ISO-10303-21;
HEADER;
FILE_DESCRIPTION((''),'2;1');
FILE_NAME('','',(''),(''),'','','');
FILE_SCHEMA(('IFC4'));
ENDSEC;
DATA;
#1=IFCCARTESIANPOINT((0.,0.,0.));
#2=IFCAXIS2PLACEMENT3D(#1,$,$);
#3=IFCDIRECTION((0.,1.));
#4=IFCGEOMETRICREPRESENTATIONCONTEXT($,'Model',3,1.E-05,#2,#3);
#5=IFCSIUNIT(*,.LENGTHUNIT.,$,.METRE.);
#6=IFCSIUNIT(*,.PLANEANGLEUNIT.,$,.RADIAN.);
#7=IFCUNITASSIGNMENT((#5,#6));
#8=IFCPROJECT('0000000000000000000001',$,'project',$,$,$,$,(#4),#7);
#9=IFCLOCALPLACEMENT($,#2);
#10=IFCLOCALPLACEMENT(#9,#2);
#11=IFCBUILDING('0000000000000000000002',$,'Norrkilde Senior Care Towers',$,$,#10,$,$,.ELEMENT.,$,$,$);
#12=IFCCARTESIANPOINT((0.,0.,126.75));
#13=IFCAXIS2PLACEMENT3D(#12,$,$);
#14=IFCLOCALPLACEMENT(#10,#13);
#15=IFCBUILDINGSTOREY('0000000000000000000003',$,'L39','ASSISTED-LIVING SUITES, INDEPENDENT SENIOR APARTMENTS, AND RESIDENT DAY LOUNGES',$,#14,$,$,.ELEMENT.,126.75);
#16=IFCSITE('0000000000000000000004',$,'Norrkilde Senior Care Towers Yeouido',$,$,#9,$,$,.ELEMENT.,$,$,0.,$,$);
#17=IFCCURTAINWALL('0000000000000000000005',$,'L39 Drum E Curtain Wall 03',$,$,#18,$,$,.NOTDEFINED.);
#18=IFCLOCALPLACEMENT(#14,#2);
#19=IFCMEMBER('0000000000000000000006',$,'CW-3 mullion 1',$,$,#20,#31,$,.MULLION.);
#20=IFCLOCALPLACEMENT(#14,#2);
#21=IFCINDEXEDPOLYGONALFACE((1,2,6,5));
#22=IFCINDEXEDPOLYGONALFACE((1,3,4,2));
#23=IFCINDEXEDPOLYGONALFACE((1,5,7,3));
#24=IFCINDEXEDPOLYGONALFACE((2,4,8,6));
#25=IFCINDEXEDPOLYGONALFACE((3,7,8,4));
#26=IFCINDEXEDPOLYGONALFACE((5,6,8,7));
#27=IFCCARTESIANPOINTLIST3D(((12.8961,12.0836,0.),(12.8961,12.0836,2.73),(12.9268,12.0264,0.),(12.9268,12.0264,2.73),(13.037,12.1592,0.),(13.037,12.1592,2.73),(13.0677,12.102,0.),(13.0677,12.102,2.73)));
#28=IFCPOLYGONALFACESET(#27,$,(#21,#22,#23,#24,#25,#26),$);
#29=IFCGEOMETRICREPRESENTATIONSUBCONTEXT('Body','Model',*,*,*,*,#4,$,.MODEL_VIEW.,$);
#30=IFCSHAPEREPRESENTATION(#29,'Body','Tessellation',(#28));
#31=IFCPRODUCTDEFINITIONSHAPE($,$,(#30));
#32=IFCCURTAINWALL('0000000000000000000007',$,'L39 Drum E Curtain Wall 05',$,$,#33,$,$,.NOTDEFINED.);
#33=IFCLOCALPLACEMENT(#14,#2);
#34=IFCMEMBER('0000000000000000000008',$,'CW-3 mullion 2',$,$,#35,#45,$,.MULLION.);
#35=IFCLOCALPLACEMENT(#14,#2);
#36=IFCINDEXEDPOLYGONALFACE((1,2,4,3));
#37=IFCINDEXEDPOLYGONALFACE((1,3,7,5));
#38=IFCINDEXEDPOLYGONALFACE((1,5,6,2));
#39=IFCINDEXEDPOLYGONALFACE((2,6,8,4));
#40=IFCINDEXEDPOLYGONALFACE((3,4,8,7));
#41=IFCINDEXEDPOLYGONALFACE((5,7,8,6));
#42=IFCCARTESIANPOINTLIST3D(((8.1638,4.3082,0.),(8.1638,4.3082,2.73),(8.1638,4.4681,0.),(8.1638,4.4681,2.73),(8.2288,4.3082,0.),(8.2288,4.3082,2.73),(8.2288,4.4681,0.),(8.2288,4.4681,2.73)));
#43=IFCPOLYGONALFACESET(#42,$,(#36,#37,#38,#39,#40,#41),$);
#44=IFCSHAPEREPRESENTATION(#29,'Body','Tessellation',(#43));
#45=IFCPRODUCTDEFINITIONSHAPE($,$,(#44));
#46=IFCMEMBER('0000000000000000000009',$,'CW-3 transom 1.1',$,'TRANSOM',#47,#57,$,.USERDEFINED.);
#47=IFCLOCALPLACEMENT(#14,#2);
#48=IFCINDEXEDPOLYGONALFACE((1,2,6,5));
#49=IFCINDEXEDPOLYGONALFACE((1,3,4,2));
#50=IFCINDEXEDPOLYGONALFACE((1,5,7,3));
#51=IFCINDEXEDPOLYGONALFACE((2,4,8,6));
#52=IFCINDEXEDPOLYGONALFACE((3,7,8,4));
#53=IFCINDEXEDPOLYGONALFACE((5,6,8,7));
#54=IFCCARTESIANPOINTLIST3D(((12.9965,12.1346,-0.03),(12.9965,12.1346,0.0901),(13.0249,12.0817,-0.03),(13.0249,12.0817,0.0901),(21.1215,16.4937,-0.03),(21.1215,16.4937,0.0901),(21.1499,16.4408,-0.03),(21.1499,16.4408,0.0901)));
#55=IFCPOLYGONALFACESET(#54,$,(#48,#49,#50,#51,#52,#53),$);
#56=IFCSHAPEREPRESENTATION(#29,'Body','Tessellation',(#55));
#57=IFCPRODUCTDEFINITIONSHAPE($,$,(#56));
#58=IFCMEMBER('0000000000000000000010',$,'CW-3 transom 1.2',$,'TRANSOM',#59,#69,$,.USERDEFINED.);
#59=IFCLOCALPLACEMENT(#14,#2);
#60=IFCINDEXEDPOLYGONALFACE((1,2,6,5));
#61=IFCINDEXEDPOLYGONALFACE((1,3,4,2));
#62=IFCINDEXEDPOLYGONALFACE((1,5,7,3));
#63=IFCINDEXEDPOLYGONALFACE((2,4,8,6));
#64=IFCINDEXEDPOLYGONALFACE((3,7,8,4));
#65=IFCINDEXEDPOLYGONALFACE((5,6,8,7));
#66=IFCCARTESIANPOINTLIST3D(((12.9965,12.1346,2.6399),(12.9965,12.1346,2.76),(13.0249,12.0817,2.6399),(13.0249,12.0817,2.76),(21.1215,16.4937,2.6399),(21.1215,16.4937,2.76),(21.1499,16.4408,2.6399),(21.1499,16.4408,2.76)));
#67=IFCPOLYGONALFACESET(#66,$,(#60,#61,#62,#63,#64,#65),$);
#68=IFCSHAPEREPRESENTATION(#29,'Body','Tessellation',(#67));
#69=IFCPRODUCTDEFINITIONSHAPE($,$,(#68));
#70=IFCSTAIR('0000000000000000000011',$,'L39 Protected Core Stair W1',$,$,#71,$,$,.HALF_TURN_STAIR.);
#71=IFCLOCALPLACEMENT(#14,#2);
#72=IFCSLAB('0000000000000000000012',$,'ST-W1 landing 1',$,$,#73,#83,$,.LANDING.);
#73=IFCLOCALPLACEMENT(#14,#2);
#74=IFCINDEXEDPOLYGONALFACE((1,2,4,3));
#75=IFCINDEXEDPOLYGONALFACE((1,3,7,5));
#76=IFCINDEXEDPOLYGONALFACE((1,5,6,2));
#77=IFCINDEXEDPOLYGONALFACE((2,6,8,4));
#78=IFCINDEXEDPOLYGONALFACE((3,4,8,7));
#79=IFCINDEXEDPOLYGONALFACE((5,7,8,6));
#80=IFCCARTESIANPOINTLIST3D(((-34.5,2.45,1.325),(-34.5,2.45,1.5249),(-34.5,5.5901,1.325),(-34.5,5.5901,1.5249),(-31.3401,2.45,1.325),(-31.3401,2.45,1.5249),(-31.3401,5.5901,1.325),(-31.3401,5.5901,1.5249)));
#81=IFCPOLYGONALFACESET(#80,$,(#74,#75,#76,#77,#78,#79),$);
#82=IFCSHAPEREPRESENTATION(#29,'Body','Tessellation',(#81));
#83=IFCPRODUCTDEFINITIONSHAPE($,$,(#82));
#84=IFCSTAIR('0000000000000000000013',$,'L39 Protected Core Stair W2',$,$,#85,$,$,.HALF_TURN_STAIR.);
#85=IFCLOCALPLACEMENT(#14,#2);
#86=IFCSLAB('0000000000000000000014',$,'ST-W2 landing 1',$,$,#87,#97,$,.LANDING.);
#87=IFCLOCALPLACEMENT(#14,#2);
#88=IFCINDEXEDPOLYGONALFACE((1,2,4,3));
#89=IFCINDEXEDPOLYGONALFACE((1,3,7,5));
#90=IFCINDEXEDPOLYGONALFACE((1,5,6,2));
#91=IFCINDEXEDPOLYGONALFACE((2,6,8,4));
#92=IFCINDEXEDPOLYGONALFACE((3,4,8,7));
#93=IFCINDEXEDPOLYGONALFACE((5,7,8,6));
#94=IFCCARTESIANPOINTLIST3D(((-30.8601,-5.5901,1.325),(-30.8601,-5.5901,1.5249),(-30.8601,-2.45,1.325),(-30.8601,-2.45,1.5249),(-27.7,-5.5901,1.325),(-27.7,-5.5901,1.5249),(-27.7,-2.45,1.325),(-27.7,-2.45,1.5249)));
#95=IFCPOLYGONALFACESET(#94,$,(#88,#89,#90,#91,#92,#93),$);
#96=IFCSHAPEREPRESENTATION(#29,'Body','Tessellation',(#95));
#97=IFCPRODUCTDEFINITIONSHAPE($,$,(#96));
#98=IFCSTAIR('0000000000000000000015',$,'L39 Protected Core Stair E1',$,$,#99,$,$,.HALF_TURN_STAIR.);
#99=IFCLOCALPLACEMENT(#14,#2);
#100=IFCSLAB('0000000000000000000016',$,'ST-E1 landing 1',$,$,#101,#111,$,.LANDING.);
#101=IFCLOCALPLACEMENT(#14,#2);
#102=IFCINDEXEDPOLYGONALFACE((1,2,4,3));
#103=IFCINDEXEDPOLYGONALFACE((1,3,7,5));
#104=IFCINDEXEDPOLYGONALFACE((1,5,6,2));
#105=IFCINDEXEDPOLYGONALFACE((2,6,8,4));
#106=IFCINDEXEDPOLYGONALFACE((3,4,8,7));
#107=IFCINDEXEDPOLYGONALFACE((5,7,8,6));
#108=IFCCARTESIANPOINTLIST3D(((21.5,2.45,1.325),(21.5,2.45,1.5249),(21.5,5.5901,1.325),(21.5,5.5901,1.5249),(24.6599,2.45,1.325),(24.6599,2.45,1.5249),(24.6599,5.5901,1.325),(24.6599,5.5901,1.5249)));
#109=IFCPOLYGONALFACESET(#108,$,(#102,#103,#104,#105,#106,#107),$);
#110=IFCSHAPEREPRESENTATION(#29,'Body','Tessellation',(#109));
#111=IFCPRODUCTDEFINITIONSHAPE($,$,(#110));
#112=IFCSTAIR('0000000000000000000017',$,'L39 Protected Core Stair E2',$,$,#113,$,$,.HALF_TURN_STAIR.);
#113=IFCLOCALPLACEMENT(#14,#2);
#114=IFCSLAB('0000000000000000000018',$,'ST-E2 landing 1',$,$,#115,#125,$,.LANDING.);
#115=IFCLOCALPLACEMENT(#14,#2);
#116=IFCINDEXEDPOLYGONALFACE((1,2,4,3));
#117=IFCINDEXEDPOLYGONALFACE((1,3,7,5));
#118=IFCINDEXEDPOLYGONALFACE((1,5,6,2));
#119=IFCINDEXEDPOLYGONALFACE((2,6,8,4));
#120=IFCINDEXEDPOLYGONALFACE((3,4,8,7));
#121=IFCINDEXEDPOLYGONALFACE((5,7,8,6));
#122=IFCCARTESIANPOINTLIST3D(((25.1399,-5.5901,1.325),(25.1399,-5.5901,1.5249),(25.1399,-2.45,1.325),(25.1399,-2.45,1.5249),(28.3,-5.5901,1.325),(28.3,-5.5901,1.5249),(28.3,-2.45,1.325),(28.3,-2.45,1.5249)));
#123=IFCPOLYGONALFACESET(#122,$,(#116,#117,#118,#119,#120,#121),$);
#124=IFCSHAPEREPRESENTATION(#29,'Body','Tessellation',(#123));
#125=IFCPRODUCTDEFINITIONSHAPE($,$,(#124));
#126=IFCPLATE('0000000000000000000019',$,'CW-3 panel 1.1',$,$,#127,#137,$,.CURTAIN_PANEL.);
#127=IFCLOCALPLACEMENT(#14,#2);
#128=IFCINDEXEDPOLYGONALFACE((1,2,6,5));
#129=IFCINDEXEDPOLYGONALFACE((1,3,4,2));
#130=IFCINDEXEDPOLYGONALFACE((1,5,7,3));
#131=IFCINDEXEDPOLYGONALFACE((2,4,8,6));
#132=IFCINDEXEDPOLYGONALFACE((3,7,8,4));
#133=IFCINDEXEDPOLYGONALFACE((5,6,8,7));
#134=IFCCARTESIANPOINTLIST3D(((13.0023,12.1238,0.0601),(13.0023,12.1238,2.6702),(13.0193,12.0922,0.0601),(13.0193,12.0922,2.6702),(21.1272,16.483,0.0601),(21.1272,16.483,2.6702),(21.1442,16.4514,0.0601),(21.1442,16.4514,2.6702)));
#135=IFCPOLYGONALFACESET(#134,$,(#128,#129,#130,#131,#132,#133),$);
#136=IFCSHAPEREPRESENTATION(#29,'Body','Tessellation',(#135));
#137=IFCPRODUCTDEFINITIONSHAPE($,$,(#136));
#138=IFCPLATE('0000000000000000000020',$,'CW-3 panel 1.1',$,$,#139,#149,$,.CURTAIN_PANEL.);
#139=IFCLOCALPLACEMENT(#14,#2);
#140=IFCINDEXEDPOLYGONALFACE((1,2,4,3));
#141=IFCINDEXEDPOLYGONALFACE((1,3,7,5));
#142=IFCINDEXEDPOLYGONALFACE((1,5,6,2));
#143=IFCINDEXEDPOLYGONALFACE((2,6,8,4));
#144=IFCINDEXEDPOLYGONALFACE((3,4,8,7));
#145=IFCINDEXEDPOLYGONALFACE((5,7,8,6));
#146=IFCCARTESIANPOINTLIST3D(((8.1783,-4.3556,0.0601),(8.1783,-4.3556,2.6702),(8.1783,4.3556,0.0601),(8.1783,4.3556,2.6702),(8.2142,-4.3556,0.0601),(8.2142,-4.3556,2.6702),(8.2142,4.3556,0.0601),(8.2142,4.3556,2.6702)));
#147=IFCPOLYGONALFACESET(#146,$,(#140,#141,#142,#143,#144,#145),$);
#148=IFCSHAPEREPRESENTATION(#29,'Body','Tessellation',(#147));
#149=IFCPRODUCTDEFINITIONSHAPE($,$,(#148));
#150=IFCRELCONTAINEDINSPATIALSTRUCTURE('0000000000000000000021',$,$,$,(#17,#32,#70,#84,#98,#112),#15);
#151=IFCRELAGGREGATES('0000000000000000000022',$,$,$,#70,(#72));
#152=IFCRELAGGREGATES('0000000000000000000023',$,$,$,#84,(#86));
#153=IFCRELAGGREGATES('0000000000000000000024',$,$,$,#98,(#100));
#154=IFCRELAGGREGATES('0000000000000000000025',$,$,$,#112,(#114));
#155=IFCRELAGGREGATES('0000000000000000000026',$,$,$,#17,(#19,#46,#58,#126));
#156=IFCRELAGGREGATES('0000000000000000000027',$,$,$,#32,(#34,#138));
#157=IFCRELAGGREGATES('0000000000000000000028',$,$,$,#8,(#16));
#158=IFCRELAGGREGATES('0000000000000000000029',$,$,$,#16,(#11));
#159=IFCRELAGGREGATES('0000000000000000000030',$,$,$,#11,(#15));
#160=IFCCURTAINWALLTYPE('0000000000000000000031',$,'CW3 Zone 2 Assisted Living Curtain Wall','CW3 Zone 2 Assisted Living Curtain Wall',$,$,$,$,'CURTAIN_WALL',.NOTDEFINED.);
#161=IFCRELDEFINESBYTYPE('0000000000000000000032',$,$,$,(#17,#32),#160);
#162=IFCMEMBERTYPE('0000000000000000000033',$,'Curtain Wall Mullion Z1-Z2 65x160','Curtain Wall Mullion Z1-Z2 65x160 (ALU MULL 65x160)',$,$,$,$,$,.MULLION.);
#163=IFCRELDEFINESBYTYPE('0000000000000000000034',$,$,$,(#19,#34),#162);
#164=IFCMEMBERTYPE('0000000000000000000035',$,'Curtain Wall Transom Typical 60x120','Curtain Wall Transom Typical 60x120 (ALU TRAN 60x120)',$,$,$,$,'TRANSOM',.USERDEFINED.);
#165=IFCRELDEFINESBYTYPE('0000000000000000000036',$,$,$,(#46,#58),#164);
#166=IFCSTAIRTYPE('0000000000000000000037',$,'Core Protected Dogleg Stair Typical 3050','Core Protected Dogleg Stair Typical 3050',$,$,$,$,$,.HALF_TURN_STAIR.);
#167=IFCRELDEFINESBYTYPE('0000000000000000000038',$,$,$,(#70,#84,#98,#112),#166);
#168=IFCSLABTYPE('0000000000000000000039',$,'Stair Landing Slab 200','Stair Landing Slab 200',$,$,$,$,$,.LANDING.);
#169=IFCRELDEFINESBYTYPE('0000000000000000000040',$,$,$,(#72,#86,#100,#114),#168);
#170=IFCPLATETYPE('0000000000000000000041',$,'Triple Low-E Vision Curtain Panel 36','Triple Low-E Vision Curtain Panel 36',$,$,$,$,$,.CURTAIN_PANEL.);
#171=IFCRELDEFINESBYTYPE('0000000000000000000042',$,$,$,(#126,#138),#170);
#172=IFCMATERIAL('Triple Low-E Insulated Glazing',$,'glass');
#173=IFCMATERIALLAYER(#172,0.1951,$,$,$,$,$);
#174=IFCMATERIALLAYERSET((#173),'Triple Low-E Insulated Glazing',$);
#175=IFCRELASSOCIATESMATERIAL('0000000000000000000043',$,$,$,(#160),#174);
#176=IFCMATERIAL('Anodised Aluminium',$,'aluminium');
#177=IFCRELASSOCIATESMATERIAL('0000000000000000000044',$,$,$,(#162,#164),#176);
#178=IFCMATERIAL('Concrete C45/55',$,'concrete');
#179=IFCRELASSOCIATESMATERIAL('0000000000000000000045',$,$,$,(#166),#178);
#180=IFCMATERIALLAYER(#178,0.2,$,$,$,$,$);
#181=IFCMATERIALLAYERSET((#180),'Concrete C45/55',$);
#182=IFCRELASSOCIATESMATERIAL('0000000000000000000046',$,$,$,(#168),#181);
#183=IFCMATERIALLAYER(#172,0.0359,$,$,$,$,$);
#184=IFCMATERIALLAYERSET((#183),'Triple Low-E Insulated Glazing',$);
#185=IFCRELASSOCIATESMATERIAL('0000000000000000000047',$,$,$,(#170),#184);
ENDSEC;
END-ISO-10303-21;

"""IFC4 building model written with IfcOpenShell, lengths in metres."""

from ifc_helpers import new_model, si_unit, direction, frame, origin, origin_2d, place, context, subcontext, project, spatial, polyline, rectangle, outline, extrude, source, transform, mapped, material, layer, layer_set, material_profile, profile_set, type_object, type_shapes, element, aggregate, save


model = new_model("IFC4")

# Units and contexts
model_context = context("Model", 3, precision=1e-05, world=origin(), true_north=direction((0.0, 1.0)))
body_context = subcontext(model_context, "Body", "Model", "MODEL_VIEW")
ifc_project = project(units=[si_unit("LENGTHUNIT", "METRE"), si_unit("PLANEANGLEUNIT", "RADIAN")], contexts=[model_context])

# Site, building, storey
site_placement = place(None, origin())
site = spatial("IfcSite", under=ifc_project, at=site_placement, Name="Norrkilde Senior Care Towers Yeouido", CompositionType="ELEMENT", RefElevation=0.0)
building_placement = place(site_placement, origin())
building = spatial("IfcBuilding", under=site, at=building_placement, Name="Norrkilde Senior Care Towers", CompositionType="ELEMENT")
storey_placement = place(building_placement, frame((0.0, 0.0, 126.75)))
storey = spatial("IfcBuildingStorey", under=building, at=storey_placement, Name="L39", Description="ASSISTED-LIVING SUITES, INDEPENDENT SENIOR APARTMENTS, AND RESIDENT DAY LOUNGES", CompositionType="ELEMENT", Elevation=126.75)

# Curtain walls, members
ifc_material_1 = material(Name="Triple Low-E Insulated Glazing", Category="glass")
ifc_layer_1 = layer(ifc_material_1, 0.1951)
ifc_layer_set_1 = layer_set([ifc_layer_1], Name="Triple Low-E Insulated Glazing")
curtain_wall_type = type_object("IfcCurtainWallType", Name="CW3 Zone 2 Assisted Living Curtain Wall", Description="CW3 Zone 2 Assisted Living Curtain Wall", ElementType="CURTAIN_WALL", PredefinedType="NOTDEFINED", material=ifc_layer_set_1)
curtain_wall_1_placement = place(storey_placement, origin())
curtain_wall_1 = element("IfcCurtainWall", 1, at=curtain_wall_1_placement, inside=storey, type_object=curtain_wall_type, Name="L39 Drum E Curtain Wall 03", PredefinedType="NOTDEFINED")
ifc_material_2 = material(Name="Anodised Aluminium", Category="aluminium")
ifc_material_profile_1 = material_profile(ifc_material_2, rectangle(XDim=0.0649, YDim=0.1599, at=origin_2d()), Name="ALU MULL 65x160")
ifc_profile_set_1 = profile_set([ifc_material_profile_1], Name="Anodised Aluminium")
member_type_1 = type_object("IfcMemberType", Name="Curtain Wall Mullion Z1-Z2 65x160", Description="Curtain Wall Mullion Z1-Z2 65x160 (ALU MULL 65x160)", PredefinedType="MULLION", material=ifc_profile_set_1)
shared_shape_1 = source(origin(), body_context, "Body", "SweptSolid", [
    extrude(rectangle(XDim=0.0649, YDim=0.1599, at=origin_2d()), origin(), (0.0, 0.0, 1.0), 2.73),
])
type_shapes(member_type_1, [shared_shape_1])
member_1_placement = place(storey_placement, frame((12.9819, 12.0928, 0.0), z_axis=(0.0, 0.0, 1.0), x_axis=(-0.472769, 0.881186, 0.0)))
member_1 = element("IfcMember", 2, at=member_1_placement, type_object=member_type_1, Name="CW-3 mullion 1", PredefinedType="MULLION", context=body_context, shape_type="MappedRepresentation", body=[
    mapped(shared_shape_1, transform((0.0, 0.0, 0.0), x_axis=(1.0, 0.0, 0.0), y_axis=(0.0, 1.0, 0.0), z_axis=(0.0, 0.0, 1.0), scale=1.0)),
])
curtain_wall_2_placement = place(storey_placement, origin())
curtain_wall_2 = element("IfcCurtainWall", 3, at=curtain_wall_2_placement, inside=storey, type_object=curtain_wall_type, Name="L39 Drum E Curtain Wall 05", PredefinedType="NOTDEFINED")
member_2_placement = place(storey_placement, frame((8.1963, 4.3882, 0.0), z_axis=(0.0, 0.0, 1.0), x_axis=(-1.0, 0.0, 0.0)))
member_2 = element("IfcMember", 4, at=member_2_placement, type_object=member_type_1, Name="CW-3 mullion 2", PredefinedType="MULLION", context=body_context, shape_type="MappedRepresentation", body=[
    mapped(shared_shape_1, transform((0.0, 0.0, 0.0), x_axis=(1.0, 0.0, 0.0), y_axis=(0.0, 1.0, 0.0), z_axis=(0.0, 0.0, 1.0), scale=1.0)),
])

# Members
ifc_material_profile_2 = material_profile(ifc_material_2, rectangle(XDim=0.0601, YDim=0.1201, at=origin_2d()), Name="ALU TRAN 60x120")
ifc_profile_set_2 = profile_set([ifc_material_profile_2], Name="Anodised Aluminium")
member_type_2 = type_object("IfcMemberType", Name="Curtain Wall Transom Typical 60x120", Description="Curtain Wall Transom Typical 60x120 (ALU TRAN 60x120)", ElementType="TRANSOM", PredefinedType="USERDEFINED", material=ifc_profile_set_2)
shared_shape_2 = source(origin(), body_context, "Body", "SweptSolid", [
    extrude(rectangle(XDim=0.0601, YDim=0.1201, at=origin_2d()), origin(), (0.0, 0.0, 1.0), 9.2205),
])
type_shapes(member_type_2, [shared_shape_2])
member_3_placement = place(storey_placement, frame((13.0107, 12.1082, 0.03), z_axis=(0.881189, 0.472765, 0.0), x_axis=(-0.472765, 0.881189, 0.0)))
member_3 = element("IfcMember", 5, at=member_3_placement, type_object=member_type_2, Name="CW-3 transom 1.1", ObjectType="TRANSOM", PredefinedType="USERDEFINED", context=body_context, shape_type="MappedRepresentation", body=[
    mapped(shared_shape_2, transform((0.0, 0.0, 0.0), x_axis=(1.0, 0.0, 0.0), y_axis=(0.0, 1.0, 0.0), z_axis=(0.0, 0.0, 1.0), scale=1.0)),
])
member_4_placement = place(storey_placement, frame((13.0107, 12.1082, 2.7), z_axis=(0.881189, 0.472765, 0.0), x_axis=(-0.472765, 0.881189, 0.0)))
member_4 = element("IfcMember", 6, at=member_4_placement, type_object=member_type_2, Name="CW-3 transom 1.2", ObjectType="TRANSOM", PredefinedType="USERDEFINED", context=body_context, shape_type="MappedRepresentation", body=[
    mapped(shared_shape_2, transform((0.0, 0.0, 0.0), x_axis=(1.0, 0.0, 0.0), y_axis=(0.0, 1.0, 0.0), z_axis=(0.0, 0.0, 1.0), scale=1.0)),
])

# Stairs, slabs
ifc_material_3 = material(Name="Concrete C45/55", Category="concrete")
stair_type = type_object("IfcStairType", Name="Core Protected Dogleg Stair Typical 3050", Description="Core Protected Dogleg Stair Typical 3050", PredefinedType="HALF_TURN_STAIR", material=ifc_material_3)
stair_1_placement = place(storey_placement, origin())
stair_1 = element("IfcStair", 7, at=stair_1_placement, inside=storey, type_object=stair_type, Name="L39 Protected Core Stair W1", PredefinedType="HALF_TURN_STAIR")
ifc_layer_2 = layer(ifc_material_3, 0.2)
ifc_layer_set_2 = layer_set([ifc_layer_2], Name="Concrete C45/55")
slab_type = type_object("IfcSlabType", Name="Stair Landing Slab 200", Description="Stair Landing Slab 200", PredefinedType="LANDING", material=ifc_layer_set_2)
slab_1_placement = place(storey_placement, frame((0.0, 0.0, 1.325)))
slab_1 = element("IfcSlab", 8, at=slab_1_placement, type_object=slab_type, Name="ST-W1 landing 1", PredefinedType="LANDING", context=body_context, shape_type="SweptSolid", body=[
    extrude(outline(polyline([(-31.3401, 5.5901), (-34.5, 5.5901), (-34.5, 2.45), (-31.3401, 2.45), (-31.3401, 5.5901)])), origin(), (0.0, 0.0, 1.0), 0.2),
])
aggregate(stair_1, [slab_1])
stair_2_placement = place(storey_placement, origin())
stair_2 = element("IfcStair", 9, at=stair_2_placement, inside=storey, type_object=stair_type, Name="L39 Protected Core Stair W2", PredefinedType="HALF_TURN_STAIR")
slab_2_placement = place(storey_placement, frame((0.0, 0.0, 1.325)))
slab_2 = element("IfcSlab", 10, at=slab_2_placement, type_object=slab_type, Name="ST-W2 landing 1", PredefinedType="LANDING", context=body_context, shape_type="SweptSolid", body=[
    extrude(outline(polyline([(-30.8601, -5.5901), (-27.7, -5.5901), (-27.7, -2.45), (-30.8601, -2.45), (-30.8601, -5.5901)])), origin(), (0.0, 0.0, 1.0), 0.2),
])
aggregate(stair_2, [slab_2])
stair_3_placement = place(storey_placement, origin())
stair_3 = element("IfcStair", 11, at=stair_3_placement, inside=storey, type_object=stair_type, Name="L39 Protected Core Stair E1", PredefinedType="HALF_TURN_STAIR")
slab_3_placement = place(storey_placement, frame((0.0, 0.0, 1.325)))
slab_3 = element("IfcSlab", 12, at=slab_3_placement, type_object=slab_type, Name="ST-E1 landing 1", PredefinedType="LANDING", context=body_context, shape_type="SweptSolid", body=[
    extrude(outline(polyline([(24.6599, 5.5901), (21.5, 5.5901), (21.5, 2.45), (24.6599, 2.45), (24.6599, 5.5901)])), origin(), (0.0, 0.0, 1.0), 0.2),
])
aggregate(stair_3, [slab_3])
stair_4_placement = place(storey_placement, origin())
stair_4 = element("IfcStair", 13, at=stair_4_placement, inside=storey, type_object=stair_type, Name="L39 Protected Core Stair E2", PredefinedType="HALF_TURN_STAIR")
slab_4_placement = place(storey_placement, frame((0.0, 0.0, 1.325)))
slab_4 = element("IfcSlab", 14, at=slab_4_placement, type_object=slab_type, Name="ST-E2 landing 1", PredefinedType="LANDING", context=body_context, shape_type="SweptSolid", body=[
    extrude(outline(polyline([(25.1399, -5.5901), (28.3, -5.5901), (28.3, -2.45), (25.1399, -2.45), (25.1399, -5.5901)])), origin(), (0.0, 0.0, 1.0), 0.2),
])
aggregate(stair_4, [slab_4])

# Plates
ifc_layer_3 = layer(ifc_material_1, 0.0359)
ifc_layer_set_3 = layer_set([ifc_layer_3], Name="Triple Low-E Insulated Glazing")
plate_type = type_object("IfcPlateType", Name="Triple Low-E Vision Curtain Panel 36", Description="Triple Low-E Vision Curtain Panel 36", PredefinedType="CURTAIN_PANEL", material=ifc_layer_set_3)
shared_shape_3 = source(origin(), body_context, "Body", "SweptSolid", [
    extrude(rectangle(XDim=9.2205, YDim=0.0359, at=origin_2d()), origin(), (0.0, 0.0, 1.0), 2.6101),
])
plate_1_placement = place(storey_placement, frame((17.0732, 14.2876, 0.0601), z_axis=(0.0, 0.0, 1.0), x_axis=(0.881186, 0.472769, 0.0)))
plate_1 = element("IfcPlate", 15, at=plate_1_placement, type_object=plate_type, Name="CW-3 panel 1.1", PredefinedType="CURTAIN_PANEL", context=body_context, shape_type="MappedRepresentation", body=[
    mapped(shared_shape_3, transform((0.0, 0.0, 0.0), x_axis=(1.0, 0.0, 0.0), y_axis=(0.0, 1.0, 0.0), z_axis=(0.0, 0.0, 1.0), scale=1.0)),
])
aggregate(curtain_wall_1, [member_1, member_3, member_4, plate_1])
shared_shape_4 = source(origin(), body_context, "Body", "SweptSolid", [
    extrude(rectangle(XDim=8.7112, YDim=0.0359, at=origin_2d()), origin(), (0.0, 0.0, 1.0), 2.6101),
])
type_shapes(plate_type, [shared_shape_3, shared_shape_4])
plate_2_placement = place(storey_placement, frame((8.1963, 0.0, 0.0601), z_axis=(0.0, 0.0, 1.0), x_axis=(0.0, 1.0, 0.0)))
plate_2 = element("IfcPlate", 16, at=plate_2_placement, type_object=plate_type, Name="CW-3 panel 1.1", PredefinedType="CURTAIN_PANEL", context=body_context, shape_type="MappedRepresentation", body=[
    mapped(shared_shape_4, transform((0.0, 0.0, 0.0), x_axis=(1.0, 0.0, 0.0), y_axis=(0.0, 1.0, 0.0), z_axis=(0.0, 0.0, 1.0), scale=1.0)),
])
aggregate(curtain_wall_2, [member_2, plate_2])

save(model, "model.ifc")
